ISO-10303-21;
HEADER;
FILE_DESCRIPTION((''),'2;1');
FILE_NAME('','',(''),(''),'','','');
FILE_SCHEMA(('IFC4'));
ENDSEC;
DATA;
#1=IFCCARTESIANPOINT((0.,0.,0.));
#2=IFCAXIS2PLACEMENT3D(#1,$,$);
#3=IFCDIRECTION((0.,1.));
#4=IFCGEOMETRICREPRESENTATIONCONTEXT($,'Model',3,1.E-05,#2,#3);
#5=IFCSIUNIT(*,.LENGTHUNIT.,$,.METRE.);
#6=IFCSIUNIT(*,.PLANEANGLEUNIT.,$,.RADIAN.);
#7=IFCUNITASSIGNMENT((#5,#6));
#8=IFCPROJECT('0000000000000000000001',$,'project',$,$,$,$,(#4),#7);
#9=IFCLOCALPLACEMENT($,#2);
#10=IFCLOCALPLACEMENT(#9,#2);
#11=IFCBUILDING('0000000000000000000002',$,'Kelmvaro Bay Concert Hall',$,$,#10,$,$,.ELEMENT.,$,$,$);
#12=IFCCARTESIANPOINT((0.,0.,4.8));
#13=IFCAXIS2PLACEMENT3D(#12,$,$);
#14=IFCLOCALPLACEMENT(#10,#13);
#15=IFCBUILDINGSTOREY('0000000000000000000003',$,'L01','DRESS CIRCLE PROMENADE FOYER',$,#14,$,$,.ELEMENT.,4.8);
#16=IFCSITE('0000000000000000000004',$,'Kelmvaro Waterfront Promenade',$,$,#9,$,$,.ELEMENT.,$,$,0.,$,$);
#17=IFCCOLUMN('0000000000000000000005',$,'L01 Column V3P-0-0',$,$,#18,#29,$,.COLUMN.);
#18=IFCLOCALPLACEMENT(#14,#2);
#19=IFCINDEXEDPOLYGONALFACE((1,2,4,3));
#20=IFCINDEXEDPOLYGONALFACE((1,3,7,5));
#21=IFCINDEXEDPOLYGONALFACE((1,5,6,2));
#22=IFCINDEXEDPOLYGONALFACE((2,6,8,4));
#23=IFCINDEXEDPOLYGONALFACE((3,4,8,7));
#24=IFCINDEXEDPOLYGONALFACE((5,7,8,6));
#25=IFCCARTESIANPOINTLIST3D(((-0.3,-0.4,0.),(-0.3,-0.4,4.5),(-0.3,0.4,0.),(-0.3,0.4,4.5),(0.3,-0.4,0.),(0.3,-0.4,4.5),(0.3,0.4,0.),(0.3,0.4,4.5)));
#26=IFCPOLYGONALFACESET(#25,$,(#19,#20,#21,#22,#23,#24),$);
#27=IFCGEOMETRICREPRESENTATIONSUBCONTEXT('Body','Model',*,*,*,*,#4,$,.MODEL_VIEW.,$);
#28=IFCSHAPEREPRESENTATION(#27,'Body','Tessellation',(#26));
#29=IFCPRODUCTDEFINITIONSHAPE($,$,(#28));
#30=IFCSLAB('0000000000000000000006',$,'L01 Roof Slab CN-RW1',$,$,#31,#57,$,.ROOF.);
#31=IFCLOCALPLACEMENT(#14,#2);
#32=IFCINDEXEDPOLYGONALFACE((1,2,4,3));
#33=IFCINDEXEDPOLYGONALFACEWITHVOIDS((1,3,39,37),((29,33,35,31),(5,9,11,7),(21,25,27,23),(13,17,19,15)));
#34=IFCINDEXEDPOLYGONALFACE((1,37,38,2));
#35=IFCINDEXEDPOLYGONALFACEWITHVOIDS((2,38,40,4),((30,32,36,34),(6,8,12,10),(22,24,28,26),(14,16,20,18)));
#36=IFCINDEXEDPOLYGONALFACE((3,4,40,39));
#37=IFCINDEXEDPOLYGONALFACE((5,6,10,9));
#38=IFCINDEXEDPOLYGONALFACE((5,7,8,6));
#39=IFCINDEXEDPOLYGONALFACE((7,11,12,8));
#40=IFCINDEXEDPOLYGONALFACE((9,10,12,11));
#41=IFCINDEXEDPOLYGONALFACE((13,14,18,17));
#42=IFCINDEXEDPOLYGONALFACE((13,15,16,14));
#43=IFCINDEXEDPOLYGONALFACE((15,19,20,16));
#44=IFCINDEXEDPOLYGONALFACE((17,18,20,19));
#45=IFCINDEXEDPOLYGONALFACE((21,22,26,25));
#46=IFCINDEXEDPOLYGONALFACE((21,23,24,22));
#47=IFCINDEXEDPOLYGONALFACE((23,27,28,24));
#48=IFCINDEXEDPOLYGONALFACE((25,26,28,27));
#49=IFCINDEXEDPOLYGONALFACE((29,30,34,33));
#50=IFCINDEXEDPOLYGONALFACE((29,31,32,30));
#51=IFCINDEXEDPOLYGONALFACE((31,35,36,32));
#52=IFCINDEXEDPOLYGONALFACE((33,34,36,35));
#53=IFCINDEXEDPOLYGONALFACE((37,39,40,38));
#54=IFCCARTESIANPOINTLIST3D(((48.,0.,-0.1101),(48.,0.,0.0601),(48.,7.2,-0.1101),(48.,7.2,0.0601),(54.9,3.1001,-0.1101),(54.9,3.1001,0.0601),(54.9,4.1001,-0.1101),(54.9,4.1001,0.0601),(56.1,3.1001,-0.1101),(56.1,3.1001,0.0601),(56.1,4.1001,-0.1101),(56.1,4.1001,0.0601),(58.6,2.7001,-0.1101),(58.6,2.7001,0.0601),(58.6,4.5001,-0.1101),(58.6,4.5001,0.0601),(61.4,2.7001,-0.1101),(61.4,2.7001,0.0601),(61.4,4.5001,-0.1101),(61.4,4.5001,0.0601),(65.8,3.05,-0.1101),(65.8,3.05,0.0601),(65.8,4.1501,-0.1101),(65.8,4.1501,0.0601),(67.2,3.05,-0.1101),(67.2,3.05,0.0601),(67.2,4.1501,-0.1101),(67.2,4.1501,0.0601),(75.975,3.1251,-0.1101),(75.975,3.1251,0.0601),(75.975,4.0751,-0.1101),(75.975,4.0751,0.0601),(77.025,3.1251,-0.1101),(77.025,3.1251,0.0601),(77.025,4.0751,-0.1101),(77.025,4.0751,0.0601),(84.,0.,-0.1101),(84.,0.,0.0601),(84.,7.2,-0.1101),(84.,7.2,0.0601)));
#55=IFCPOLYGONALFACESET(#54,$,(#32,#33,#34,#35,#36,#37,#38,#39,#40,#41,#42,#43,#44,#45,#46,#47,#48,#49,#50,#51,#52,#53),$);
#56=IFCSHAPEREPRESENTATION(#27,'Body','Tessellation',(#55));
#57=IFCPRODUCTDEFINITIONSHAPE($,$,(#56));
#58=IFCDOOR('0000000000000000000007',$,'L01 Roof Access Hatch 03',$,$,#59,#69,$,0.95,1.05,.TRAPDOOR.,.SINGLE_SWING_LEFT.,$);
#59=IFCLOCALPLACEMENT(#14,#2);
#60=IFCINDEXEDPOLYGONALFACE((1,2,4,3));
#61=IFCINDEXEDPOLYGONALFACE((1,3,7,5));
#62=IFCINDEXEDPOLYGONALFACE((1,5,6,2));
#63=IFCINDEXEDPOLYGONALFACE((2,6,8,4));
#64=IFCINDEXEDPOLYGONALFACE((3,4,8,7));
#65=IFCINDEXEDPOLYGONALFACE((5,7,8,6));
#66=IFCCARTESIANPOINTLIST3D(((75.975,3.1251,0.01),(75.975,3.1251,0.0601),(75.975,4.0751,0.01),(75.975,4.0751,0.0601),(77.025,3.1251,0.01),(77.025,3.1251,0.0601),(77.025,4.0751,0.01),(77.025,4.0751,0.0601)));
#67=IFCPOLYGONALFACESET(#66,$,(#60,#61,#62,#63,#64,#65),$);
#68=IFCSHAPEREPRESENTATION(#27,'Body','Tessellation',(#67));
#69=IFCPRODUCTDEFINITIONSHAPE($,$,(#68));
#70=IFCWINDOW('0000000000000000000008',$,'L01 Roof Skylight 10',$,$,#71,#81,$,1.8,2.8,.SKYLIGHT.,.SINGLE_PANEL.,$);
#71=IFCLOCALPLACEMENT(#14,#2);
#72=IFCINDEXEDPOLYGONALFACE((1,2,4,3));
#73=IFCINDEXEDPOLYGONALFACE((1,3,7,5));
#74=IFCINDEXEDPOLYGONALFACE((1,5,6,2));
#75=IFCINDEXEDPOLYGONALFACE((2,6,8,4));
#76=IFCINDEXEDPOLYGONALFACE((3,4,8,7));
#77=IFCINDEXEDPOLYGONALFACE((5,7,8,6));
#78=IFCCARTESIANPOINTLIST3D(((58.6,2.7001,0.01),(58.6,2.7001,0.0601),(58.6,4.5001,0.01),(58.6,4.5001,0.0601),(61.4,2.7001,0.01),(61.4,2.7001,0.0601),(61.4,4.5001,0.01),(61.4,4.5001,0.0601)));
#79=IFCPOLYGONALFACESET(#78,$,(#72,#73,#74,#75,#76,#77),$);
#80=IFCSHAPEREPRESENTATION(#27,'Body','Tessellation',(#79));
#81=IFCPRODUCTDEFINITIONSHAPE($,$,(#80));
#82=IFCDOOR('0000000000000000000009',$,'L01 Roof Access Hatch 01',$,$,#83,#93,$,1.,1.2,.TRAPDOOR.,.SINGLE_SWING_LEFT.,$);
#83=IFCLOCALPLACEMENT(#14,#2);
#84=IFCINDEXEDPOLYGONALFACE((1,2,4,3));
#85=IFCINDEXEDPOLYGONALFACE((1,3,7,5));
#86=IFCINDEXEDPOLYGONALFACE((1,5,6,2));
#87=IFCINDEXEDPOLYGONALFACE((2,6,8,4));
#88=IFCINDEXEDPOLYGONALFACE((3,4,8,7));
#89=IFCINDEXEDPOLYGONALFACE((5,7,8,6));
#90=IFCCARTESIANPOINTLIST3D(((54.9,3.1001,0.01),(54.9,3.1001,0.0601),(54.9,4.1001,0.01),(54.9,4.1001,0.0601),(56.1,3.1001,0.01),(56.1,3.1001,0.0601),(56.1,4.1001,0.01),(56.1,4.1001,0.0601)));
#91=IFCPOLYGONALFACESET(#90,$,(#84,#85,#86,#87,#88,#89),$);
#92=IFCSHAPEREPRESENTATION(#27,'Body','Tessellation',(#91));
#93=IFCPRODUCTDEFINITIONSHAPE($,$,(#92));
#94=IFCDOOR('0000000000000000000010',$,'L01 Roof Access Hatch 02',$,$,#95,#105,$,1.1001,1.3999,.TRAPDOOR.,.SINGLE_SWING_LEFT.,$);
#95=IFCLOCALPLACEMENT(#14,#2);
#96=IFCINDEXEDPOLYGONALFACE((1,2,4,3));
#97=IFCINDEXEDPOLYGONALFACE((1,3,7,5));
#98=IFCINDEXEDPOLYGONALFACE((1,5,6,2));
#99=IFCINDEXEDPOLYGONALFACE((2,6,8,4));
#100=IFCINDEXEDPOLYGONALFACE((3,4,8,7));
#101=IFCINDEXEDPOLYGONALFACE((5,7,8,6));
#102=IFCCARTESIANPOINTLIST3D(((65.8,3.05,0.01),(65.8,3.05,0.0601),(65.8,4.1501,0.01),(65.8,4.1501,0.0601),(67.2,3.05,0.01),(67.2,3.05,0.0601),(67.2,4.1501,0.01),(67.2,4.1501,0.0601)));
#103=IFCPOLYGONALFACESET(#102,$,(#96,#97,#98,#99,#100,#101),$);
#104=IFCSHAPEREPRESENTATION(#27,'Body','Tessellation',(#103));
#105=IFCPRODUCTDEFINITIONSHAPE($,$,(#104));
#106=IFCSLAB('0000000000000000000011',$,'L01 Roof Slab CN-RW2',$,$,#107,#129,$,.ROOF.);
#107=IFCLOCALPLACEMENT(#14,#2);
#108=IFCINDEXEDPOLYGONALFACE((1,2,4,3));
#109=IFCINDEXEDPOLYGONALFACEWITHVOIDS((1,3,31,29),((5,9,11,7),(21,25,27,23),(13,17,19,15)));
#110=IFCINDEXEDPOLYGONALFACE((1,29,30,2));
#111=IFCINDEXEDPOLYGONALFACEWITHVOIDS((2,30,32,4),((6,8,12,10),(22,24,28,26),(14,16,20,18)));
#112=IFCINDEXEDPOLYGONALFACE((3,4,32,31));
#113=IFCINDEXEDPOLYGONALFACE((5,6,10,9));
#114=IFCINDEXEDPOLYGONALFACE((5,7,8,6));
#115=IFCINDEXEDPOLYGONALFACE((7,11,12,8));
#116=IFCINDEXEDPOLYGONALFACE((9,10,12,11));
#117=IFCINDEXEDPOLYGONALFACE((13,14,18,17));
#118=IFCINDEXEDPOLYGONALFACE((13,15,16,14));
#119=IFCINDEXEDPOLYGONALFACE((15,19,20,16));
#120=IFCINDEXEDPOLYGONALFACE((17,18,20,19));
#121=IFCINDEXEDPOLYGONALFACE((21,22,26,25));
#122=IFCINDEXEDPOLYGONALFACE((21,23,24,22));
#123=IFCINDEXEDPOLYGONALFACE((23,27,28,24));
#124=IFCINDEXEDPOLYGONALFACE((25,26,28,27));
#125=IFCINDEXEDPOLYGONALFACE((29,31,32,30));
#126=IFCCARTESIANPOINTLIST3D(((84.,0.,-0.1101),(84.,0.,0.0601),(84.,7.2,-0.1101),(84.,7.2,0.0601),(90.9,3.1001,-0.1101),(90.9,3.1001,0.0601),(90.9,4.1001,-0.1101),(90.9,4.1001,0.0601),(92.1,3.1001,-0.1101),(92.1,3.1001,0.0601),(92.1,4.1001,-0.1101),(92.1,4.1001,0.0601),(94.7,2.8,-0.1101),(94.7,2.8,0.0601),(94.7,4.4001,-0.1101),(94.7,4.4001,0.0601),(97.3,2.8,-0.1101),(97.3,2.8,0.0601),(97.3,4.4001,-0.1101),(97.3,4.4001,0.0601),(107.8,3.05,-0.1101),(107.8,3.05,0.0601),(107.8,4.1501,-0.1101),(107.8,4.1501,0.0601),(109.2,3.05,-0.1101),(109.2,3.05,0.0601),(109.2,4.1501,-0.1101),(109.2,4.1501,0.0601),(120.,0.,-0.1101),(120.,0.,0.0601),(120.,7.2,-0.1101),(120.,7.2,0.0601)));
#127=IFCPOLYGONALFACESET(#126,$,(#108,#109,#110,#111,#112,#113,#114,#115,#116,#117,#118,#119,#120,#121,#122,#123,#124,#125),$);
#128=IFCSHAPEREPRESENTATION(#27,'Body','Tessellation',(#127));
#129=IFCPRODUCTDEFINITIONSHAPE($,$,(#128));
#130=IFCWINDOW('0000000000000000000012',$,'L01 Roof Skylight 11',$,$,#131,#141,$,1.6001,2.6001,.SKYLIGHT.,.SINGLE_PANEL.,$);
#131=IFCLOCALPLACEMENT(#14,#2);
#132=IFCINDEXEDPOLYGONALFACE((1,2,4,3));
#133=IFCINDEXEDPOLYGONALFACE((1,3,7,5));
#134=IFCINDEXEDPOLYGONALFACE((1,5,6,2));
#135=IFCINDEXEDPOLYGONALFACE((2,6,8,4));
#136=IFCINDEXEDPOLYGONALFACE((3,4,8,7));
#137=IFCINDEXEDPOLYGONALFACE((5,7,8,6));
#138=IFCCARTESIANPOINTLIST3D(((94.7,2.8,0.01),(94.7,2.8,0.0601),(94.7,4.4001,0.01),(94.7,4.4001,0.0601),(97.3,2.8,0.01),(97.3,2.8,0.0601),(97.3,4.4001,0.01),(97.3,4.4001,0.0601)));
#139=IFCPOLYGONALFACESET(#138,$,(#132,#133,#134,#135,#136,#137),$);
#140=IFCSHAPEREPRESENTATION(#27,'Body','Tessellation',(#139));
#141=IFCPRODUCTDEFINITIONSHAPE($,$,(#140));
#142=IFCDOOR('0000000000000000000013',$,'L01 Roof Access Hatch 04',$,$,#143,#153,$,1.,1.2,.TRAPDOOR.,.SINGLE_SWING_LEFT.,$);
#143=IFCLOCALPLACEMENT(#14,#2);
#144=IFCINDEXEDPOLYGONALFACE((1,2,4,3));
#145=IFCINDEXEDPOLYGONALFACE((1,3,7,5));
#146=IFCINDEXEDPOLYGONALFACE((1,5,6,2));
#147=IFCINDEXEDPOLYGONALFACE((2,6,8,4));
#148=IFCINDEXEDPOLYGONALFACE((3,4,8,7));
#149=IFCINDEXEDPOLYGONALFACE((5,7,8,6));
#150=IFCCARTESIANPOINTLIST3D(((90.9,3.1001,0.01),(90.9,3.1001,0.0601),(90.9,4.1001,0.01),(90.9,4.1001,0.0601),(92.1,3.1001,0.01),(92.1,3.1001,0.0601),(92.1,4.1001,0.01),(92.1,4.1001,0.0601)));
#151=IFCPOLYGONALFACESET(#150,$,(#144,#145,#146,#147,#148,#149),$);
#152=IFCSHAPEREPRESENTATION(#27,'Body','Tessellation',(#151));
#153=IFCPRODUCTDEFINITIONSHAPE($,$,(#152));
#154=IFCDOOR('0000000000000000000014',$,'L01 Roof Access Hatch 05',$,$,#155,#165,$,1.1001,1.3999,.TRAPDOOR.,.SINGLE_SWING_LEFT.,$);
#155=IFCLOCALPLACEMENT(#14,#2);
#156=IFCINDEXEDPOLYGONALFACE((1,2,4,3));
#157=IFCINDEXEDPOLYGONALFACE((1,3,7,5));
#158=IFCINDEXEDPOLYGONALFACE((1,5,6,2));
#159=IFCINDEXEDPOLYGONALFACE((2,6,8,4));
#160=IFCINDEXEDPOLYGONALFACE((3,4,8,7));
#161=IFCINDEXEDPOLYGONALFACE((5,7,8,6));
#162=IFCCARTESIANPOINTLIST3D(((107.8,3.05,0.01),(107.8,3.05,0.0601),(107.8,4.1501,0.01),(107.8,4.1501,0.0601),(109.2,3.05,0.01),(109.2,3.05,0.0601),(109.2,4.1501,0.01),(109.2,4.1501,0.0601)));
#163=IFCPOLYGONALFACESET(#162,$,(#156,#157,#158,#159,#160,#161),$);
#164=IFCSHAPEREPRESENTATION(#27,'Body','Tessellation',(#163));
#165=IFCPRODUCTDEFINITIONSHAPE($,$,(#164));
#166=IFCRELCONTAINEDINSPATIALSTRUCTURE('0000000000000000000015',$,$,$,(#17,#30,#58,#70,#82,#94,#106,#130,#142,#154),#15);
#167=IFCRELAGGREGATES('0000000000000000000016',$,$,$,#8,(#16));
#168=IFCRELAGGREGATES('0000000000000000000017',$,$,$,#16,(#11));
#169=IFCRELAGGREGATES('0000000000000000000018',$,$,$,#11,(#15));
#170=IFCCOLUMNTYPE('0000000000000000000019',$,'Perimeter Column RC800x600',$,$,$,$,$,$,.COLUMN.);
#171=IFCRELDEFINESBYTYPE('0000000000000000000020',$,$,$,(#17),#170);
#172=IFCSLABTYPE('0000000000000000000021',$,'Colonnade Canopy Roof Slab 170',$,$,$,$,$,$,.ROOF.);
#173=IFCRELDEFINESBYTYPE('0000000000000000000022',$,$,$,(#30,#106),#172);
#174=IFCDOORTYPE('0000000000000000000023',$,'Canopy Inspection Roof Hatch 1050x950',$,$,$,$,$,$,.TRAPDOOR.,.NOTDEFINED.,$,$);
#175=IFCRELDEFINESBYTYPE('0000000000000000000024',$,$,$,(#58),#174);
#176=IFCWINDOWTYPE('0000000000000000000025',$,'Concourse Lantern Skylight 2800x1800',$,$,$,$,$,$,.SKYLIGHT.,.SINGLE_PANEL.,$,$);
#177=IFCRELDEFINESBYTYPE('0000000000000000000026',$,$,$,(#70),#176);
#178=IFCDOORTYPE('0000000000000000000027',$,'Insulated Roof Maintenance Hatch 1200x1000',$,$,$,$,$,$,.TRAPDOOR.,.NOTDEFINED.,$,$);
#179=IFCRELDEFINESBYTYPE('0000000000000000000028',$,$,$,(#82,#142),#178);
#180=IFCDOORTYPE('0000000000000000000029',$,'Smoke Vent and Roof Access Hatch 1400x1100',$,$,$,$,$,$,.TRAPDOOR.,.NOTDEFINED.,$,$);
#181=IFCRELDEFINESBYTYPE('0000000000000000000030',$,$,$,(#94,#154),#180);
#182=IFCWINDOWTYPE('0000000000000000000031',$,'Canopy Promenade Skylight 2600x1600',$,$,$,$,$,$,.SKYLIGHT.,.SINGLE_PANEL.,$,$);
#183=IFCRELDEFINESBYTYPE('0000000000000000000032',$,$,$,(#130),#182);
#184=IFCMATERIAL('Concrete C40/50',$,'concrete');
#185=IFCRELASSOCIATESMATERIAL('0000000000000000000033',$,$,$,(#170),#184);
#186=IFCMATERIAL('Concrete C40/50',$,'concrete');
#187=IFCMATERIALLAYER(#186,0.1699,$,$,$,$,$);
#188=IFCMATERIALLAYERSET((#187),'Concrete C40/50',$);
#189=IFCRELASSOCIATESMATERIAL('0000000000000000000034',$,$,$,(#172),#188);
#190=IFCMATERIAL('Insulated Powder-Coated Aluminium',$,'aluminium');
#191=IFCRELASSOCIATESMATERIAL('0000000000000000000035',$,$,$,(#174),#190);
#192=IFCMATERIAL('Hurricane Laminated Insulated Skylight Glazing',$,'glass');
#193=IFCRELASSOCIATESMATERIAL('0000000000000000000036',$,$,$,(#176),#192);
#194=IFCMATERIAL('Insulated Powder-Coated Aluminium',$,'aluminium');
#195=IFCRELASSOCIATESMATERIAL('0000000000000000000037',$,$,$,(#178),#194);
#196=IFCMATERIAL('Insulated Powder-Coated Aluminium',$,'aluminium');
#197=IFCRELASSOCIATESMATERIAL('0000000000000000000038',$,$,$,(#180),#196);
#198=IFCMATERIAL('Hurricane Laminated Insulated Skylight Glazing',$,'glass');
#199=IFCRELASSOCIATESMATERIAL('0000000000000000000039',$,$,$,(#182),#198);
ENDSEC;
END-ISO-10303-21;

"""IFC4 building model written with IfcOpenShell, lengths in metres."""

from ifc_helpers import new_model, si_unit, direction, frame, origin, origin_with_axes, origin_2d, place, context, subcontext, project, spatial, polyline, rectangle, outline, extrude, material, layer, layer_set, material_profile, profile_set, type_object, element, fill, save


model = new_model("IFC4")

# Units and contexts
model_context = context("Model", 3, precision=1e-05, world=origin(), true_north=direction((0.0, 1.0)))
body_context = subcontext(model_context, "Body", "Model", "MODEL_VIEW")
ifc_project = project(units=[si_unit("LENGTHUNIT", "METRE"), si_unit("PLANEANGLEUNIT", "RADIAN")], contexts=[model_context])

# Site, building, storey
site_placement = place(None, origin())
site = spatial("IfcSite", under=ifc_project, at=site_placement, Name="Kelmvaro Waterfront Promenade", CompositionType="ELEMENT", RefElevation=0.0)
building_placement = place(site_placement, origin())
building = spatial("IfcBuilding", under=site, at=building_placement, Name="Kelmvaro Bay Concert Hall", CompositionType="ELEMENT")
storey_placement = place(building_placement, frame((0.0, 0.0, 4.8)))
storey = spatial("IfcBuildingStorey", under=building, at=storey_placement, Name="L01", Description="DRESS CIRCLE PROMENADE FOYER", CompositionType="ELEMENT", Elevation=4.8)

# Column
ifc_material_1 = material(Name="Concrete C40/50", Category="concrete")
ifc_material_profile = material_profile(ifc_material_1, rectangle(XDim=0.6001, YDim=0.8, at=origin_2d()), Name="RC-COL-800X600")
ifc_profile_set = profile_set([ifc_material_profile], Name="Concrete C40/50")
column_type = type_object("IfcColumnType", Name="Perimeter Column RC800x600", PredefinedType="COLUMN", material=ifc_profile_set)
column_placement = place(storey_placement, origin_with_axes())
element("IfcColumn", 1, at=column_placement, inside=storey, type_object=column_type, Name="L01 Column V3P-0-0", PredefinedType="COLUMN", context=body_context, shape_type="SweptSolid", body=[
    extrude(rectangle(XDim=0.6001, YDim=0.8, at=origin_2d()), origin(), (0.0, 0.0, 1.0), 4.5),
])

# Slab, openings, doors, window
ifc_material_2 = material(Name="Concrete C40/50", Category="concrete")
ifc_layer_1 = layer(ifc_material_2, 0.1699)
ifc_layer_set_1 = layer_set([ifc_layer_1], Name="Concrete C40/50")
slab_type_1 = type_object("IfcSlabType", Name="Colonnade Canopy Roof Slab 170", PredefinedType="ROOF", material=ifc_layer_set_1)
slab_1_placement = place(storey_placement, frame((0.0, 0.0, -0.1101)))
slab_1 = element("IfcSlab", 2, at=slab_1_placement, inside=storey, type_object=slab_type_1, Name="L01 Roof Slab CN-RW1", PredefinedType="ROOF", context=body_context, shape_type="SweptSolid", body=[
    extrude(outline(polyline([(48.0, 0.0), (84.0, 0.0), (84.0, 7.2), (48.0, 7.2), (48.0, 0.0)])), origin(), (0.0, 0.0, 1.0), 0.1702),
])
opening_1_placement = place(slab_1_placement, frame((60.0, 3.6001, 0.0)))
opening_1 = element("IfcOpeningElement", 3, at=opening_1_placement, cuts=slab_1, PredefinedType="OPENING", context=body_context, shape_type="SweptSolid", body=[
    extrude(rectangle(XDim=2.8, YDim=1.8, at=origin_2d()), origin(), (0.0, 0.0, 1.0), 0.1702),
])
opening_2_placement = place(slab_1_placement, frame((55.5, 3.6001, 0.0)))
opening_2 = element("IfcOpeningElement", 4, at=opening_2_placement, cuts=slab_1, PredefinedType="OPENING", context=body_context, shape_type="SweptSolid", body=[
    extrude(rectangle(XDim=1.2, YDim=1.0, at=origin_2d()), origin(), (0.0, 0.0, 1.0), 0.1702),
])
opening_3_placement = place(slab_1_placement, frame((66.5, 3.6001, 0.0)))
opening_3 = element("IfcOpeningElement", 5, at=opening_3_placement, cuts=slab_1, PredefinedType="OPENING", context=body_context, shape_type="SweptSolid", body=[
    extrude(rectangle(XDim=1.3999, YDim=1.1001, at=origin_2d()), origin(), (0.0, 0.0, 1.0), 0.1702),
])
opening_4_placement = place(slab_1_placement, frame((76.5, 3.6001, 0.0)))
opening_4 = element("IfcOpeningElement", 6, at=opening_4_placement, cuts=slab_1, PredefinedType="OPENING", context=body_context, shape_type="SweptSolid", body=[
    extrude(rectangle(XDim=1.05, YDim=0.95, at=origin_2d()), origin(), (0.0, 0.0, 1.0), 0.1702),
])
ifc_material_3 = material(Name="Insulated Powder-Coated Aluminium", Category="aluminium")
door_type_1 = type_object("IfcDoorType", Name="Canopy Inspection Roof Hatch 1050x950", OperationType="NOTDEFINED", PredefinedType="TRAPDOOR", material=ifc_material_3)
door_1_placement = place(opening_4_placement, frame((0.0, 0.0, 0.1201)))
door_1 = element("IfcDoor", 7, at=door_1_placement, inside=storey, type_object=door_type_1, Name="L01 Roof Access Hatch 03", OperationType="SINGLE_SWING_LEFT", OverallHeight=0.95, OverallWidth=1.05, PredefinedType="TRAPDOOR", context=body_context, shape_type="SweptSolid", body=[
    extrude(rectangle(XDim=1.05, YDim=0.95, at=origin_2d()), origin(), (0.0, 0.0, 1.0), 0.05),
])
fill(opening_4, door_1)
ifc_material_4 = material(Name="Hurricane Laminated Insulated Skylight Glazing", Category="glass")
window_type_1 = type_object("IfcWindowType", Name="Concourse Lantern Skylight 2800x1800", PartitioningType="SINGLE_PANEL", PredefinedType="SKYLIGHT", material=ifc_material_4)
window_1_placement = place(opening_1_placement, frame((0.0, 0.0, 0.1201)))
window_1 = element("IfcWindow", 8, at=window_1_placement, inside=storey, type_object=window_type_1, Name="L01 Roof Skylight 10", OverallHeight=1.8, OverallWidth=2.8, PartitioningType="SINGLE_PANEL", PredefinedType="SKYLIGHT", context=body_context, shape_type="SweptSolid", body=[
    extrude(rectangle(XDim=2.8, YDim=1.8, at=origin_2d()), origin(), (0.0, 0.0, 1.0), 0.05),
])
fill(opening_1, window_1)
ifc_material_5 = material(Name="Insulated Powder-Coated Aluminium", Category="aluminium")
door_type_2 = type_object("IfcDoorType", Name="Insulated Roof Maintenance Hatch 1200x1000", OperationType="NOTDEFINED", PredefinedType="TRAPDOOR", material=ifc_material_5)
door_2_placement = place(opening_2_placement, frame((0.0, 0.0, 0.1201)))
door_2 = element("IfcDoor", 9, at=door_2_placement, inside=storey, type_object=door_type_2, Name="L01 Roof Access Hatch 01", OperationType="SINGLE_SWING_LEFT", OverallHeight=1.0, OverallWidth=1.2, PredefinedType="TRAPDOOR", context=body_context, shape_type="SweptSolid", body=[
    extrude(rectangle(XDim=1.2, YDim=1.0, at=origin_2d()), origin(), (0.0, 0.0, 1.0), 0.05),
])
fill(opening_2, door_2)
ifc_material_6 = material(Name="Insulated Powder-Coated Aluminium", Category="aluminium")
door_type_3 = type_object("IfcDoorType", Name="Smoke Vent and Roof Access Hatch 1400x1100", OperationType="NOTDEFINED", PredefinedType="TRAPDOOR", material=ifc_material_6)
door_3_placement = place(opening_3_placement, frame((0.0, 0.0, 0.1201)))
door_3 = element("IfcDoor", 10, at=door_3_placement, inside=storey, type_object=door_type_3, Name="L01 Roof Access Hatch 02", OperationType="SINGLE_SWING_LEFT", OverallHeight=1.1001, OverallWidth=1.3999, PredefinedType="TRAPDOOR", context=body_context, shape_type="SweptSolid", body=[
    extrude(rectangle(XDim=1.3999, YDim=1.1001, at=origin_2d()), origin(), (0.0, 0.0, 1.0), 0.05),
])
fill(opening_3, door_3)

# Slab, openings, window, doors
slab_2_placement = place(storey_placement, frame((0.0, 0.0, -0.1101)))
slab_2 = element("IfcSlab", 11, at=slab_2_placement, inside=storey, type_object=slab_type_1, Name="L01 Roof Slab CN-RW2", PredefinedType="ROOF", context=body_context, shape_type="SweptSolid", body=[
    extrude(outline(polyline([(84.0, 0.0), (120.0, 0.0), (120.0, 7.2), (84.0, 7.2), (84.0, 0.0)])), origin(), (0.0, 0.0, 1.0), 0.1702),
])
opening_5_placement = place(slab_2_placement, frame((96.0, 3.6001, 0.0)))
opening_5 = element("IfcOpeningElement", 12, at=opening_5_placement, cuts=slab_2, PredefinedType="OPENING", context=body_context, shape_type="SweptSolid", body=[
    extrude(rectangle(XDim=2.6001, YDim=1.6001, at=origin_2d()), origin(), (0.0, 0.0, 1.0), 0.1702),
])
opening_6_placement = place(slab_2_placement, frame((91.5, 3.6001, 0.0)))
opening_6 = element("IfcOpeningElement", 13, at=opening_6_placement, cuts=slab_2, PredefinedType="OPENING", context=body_context, shape_type="SweptSolid", body=[
    extrude(rectangle(XDim=1.2, YDim=1.0, at=origin_2d()), origin(), (0.0, 0.0, 1.0), 0.1702),
])
opening_7_placement = place(slab_2_placement, frame((108.5, 3.6001, 0.0)))
opening_7 = element("IfcOpeningElement", 14, at=opening_7_placement, cuts=slab_2, PredefinedType="OPENING", context=body_context, shape_type="SweptSolid", body=[
    extrude(rectangle(XDim=1.3999, YDim=1.1001, at=origin_2d()), origin(), (0.0, 0.0, 1.0), 0.1702),
])
ifc_material_7 = material(Name="Hurricane Laminated Insulated Skylight Glazing", Category="glass")
window_type_2 = type_object("IfcWindowType", Name="Canopy Promenade Skylight 2600x1600", PartitioningType="SINGLE_PANEL", PredefinedType="SKYLIGHT", material=ifc_material_7)
window_2_placement = place(opening_5_placement, frame((0.0, 0.0, 0.1201)))
window_2 = element("IfcWindow", 15, at=window_2_placement, inside=storey, type_object=window_type_2, Name="L01 Roof Skylight 11", OverallHeight=1.6001, OverallWidth=2.6001, PartitioningType="SINGLE_PANEL", PredefinedType="SKYLIGHT", context=body_context, shape_type="SweptSolid", body=[
    extrude(rectangle(XDim=2.6001, YDim=1.6001, at=origin_2d()), origin(), (0.0, 0.0, 1.0), 0.05),
])
fill(opening_5, window_2)
door_4_placement = place(opening_6_placement, frame((0.0, 0.0, 0.1201)))
door_4 = element("IfcDoor", 16, at=door_4_placement, inside=storey, type_object=door_type_2, Name="L01 Roof Access Hatch 04", OperationType="SINGLE_SWING_LEFT", OverallHeight=1.0, OverallWidth=1.2, PredefinedType="TRAPDOOR", context=body_context, shape_type="SweptSolid", body=[
    extrude(rectangle(XDim=1.2, YDim=1.0, at=origin_2d()), origin(), (0.0, 0.0, 1.0), 0.05),
])
fill(opening_6, door_4)
door_5_placement = place(opening_7_placement, frame((0.0, 0.0, 0.1201)))
door_5 = element("IfcDoor", 17, at=door_5_placement, inside=storey, type_object=door_type_3, Name="L01 Roof Access Hatch 05", OperationType="SINGLE_SWING_LEFT", OverallHeight=1.1001, OverallWidth=1.3999, PredefinedType="TRAPDOOR", context=body_context, shape_type="SweptSolid", body=[
    extrude(rectangle(XDim=1.3999, YDim=1.1001, at=origin_2d()), origin(), (0.0, 0.0, 1.0), 0.05),
])
fill(opening_7, door_5)

save(model, "model.ifc")
